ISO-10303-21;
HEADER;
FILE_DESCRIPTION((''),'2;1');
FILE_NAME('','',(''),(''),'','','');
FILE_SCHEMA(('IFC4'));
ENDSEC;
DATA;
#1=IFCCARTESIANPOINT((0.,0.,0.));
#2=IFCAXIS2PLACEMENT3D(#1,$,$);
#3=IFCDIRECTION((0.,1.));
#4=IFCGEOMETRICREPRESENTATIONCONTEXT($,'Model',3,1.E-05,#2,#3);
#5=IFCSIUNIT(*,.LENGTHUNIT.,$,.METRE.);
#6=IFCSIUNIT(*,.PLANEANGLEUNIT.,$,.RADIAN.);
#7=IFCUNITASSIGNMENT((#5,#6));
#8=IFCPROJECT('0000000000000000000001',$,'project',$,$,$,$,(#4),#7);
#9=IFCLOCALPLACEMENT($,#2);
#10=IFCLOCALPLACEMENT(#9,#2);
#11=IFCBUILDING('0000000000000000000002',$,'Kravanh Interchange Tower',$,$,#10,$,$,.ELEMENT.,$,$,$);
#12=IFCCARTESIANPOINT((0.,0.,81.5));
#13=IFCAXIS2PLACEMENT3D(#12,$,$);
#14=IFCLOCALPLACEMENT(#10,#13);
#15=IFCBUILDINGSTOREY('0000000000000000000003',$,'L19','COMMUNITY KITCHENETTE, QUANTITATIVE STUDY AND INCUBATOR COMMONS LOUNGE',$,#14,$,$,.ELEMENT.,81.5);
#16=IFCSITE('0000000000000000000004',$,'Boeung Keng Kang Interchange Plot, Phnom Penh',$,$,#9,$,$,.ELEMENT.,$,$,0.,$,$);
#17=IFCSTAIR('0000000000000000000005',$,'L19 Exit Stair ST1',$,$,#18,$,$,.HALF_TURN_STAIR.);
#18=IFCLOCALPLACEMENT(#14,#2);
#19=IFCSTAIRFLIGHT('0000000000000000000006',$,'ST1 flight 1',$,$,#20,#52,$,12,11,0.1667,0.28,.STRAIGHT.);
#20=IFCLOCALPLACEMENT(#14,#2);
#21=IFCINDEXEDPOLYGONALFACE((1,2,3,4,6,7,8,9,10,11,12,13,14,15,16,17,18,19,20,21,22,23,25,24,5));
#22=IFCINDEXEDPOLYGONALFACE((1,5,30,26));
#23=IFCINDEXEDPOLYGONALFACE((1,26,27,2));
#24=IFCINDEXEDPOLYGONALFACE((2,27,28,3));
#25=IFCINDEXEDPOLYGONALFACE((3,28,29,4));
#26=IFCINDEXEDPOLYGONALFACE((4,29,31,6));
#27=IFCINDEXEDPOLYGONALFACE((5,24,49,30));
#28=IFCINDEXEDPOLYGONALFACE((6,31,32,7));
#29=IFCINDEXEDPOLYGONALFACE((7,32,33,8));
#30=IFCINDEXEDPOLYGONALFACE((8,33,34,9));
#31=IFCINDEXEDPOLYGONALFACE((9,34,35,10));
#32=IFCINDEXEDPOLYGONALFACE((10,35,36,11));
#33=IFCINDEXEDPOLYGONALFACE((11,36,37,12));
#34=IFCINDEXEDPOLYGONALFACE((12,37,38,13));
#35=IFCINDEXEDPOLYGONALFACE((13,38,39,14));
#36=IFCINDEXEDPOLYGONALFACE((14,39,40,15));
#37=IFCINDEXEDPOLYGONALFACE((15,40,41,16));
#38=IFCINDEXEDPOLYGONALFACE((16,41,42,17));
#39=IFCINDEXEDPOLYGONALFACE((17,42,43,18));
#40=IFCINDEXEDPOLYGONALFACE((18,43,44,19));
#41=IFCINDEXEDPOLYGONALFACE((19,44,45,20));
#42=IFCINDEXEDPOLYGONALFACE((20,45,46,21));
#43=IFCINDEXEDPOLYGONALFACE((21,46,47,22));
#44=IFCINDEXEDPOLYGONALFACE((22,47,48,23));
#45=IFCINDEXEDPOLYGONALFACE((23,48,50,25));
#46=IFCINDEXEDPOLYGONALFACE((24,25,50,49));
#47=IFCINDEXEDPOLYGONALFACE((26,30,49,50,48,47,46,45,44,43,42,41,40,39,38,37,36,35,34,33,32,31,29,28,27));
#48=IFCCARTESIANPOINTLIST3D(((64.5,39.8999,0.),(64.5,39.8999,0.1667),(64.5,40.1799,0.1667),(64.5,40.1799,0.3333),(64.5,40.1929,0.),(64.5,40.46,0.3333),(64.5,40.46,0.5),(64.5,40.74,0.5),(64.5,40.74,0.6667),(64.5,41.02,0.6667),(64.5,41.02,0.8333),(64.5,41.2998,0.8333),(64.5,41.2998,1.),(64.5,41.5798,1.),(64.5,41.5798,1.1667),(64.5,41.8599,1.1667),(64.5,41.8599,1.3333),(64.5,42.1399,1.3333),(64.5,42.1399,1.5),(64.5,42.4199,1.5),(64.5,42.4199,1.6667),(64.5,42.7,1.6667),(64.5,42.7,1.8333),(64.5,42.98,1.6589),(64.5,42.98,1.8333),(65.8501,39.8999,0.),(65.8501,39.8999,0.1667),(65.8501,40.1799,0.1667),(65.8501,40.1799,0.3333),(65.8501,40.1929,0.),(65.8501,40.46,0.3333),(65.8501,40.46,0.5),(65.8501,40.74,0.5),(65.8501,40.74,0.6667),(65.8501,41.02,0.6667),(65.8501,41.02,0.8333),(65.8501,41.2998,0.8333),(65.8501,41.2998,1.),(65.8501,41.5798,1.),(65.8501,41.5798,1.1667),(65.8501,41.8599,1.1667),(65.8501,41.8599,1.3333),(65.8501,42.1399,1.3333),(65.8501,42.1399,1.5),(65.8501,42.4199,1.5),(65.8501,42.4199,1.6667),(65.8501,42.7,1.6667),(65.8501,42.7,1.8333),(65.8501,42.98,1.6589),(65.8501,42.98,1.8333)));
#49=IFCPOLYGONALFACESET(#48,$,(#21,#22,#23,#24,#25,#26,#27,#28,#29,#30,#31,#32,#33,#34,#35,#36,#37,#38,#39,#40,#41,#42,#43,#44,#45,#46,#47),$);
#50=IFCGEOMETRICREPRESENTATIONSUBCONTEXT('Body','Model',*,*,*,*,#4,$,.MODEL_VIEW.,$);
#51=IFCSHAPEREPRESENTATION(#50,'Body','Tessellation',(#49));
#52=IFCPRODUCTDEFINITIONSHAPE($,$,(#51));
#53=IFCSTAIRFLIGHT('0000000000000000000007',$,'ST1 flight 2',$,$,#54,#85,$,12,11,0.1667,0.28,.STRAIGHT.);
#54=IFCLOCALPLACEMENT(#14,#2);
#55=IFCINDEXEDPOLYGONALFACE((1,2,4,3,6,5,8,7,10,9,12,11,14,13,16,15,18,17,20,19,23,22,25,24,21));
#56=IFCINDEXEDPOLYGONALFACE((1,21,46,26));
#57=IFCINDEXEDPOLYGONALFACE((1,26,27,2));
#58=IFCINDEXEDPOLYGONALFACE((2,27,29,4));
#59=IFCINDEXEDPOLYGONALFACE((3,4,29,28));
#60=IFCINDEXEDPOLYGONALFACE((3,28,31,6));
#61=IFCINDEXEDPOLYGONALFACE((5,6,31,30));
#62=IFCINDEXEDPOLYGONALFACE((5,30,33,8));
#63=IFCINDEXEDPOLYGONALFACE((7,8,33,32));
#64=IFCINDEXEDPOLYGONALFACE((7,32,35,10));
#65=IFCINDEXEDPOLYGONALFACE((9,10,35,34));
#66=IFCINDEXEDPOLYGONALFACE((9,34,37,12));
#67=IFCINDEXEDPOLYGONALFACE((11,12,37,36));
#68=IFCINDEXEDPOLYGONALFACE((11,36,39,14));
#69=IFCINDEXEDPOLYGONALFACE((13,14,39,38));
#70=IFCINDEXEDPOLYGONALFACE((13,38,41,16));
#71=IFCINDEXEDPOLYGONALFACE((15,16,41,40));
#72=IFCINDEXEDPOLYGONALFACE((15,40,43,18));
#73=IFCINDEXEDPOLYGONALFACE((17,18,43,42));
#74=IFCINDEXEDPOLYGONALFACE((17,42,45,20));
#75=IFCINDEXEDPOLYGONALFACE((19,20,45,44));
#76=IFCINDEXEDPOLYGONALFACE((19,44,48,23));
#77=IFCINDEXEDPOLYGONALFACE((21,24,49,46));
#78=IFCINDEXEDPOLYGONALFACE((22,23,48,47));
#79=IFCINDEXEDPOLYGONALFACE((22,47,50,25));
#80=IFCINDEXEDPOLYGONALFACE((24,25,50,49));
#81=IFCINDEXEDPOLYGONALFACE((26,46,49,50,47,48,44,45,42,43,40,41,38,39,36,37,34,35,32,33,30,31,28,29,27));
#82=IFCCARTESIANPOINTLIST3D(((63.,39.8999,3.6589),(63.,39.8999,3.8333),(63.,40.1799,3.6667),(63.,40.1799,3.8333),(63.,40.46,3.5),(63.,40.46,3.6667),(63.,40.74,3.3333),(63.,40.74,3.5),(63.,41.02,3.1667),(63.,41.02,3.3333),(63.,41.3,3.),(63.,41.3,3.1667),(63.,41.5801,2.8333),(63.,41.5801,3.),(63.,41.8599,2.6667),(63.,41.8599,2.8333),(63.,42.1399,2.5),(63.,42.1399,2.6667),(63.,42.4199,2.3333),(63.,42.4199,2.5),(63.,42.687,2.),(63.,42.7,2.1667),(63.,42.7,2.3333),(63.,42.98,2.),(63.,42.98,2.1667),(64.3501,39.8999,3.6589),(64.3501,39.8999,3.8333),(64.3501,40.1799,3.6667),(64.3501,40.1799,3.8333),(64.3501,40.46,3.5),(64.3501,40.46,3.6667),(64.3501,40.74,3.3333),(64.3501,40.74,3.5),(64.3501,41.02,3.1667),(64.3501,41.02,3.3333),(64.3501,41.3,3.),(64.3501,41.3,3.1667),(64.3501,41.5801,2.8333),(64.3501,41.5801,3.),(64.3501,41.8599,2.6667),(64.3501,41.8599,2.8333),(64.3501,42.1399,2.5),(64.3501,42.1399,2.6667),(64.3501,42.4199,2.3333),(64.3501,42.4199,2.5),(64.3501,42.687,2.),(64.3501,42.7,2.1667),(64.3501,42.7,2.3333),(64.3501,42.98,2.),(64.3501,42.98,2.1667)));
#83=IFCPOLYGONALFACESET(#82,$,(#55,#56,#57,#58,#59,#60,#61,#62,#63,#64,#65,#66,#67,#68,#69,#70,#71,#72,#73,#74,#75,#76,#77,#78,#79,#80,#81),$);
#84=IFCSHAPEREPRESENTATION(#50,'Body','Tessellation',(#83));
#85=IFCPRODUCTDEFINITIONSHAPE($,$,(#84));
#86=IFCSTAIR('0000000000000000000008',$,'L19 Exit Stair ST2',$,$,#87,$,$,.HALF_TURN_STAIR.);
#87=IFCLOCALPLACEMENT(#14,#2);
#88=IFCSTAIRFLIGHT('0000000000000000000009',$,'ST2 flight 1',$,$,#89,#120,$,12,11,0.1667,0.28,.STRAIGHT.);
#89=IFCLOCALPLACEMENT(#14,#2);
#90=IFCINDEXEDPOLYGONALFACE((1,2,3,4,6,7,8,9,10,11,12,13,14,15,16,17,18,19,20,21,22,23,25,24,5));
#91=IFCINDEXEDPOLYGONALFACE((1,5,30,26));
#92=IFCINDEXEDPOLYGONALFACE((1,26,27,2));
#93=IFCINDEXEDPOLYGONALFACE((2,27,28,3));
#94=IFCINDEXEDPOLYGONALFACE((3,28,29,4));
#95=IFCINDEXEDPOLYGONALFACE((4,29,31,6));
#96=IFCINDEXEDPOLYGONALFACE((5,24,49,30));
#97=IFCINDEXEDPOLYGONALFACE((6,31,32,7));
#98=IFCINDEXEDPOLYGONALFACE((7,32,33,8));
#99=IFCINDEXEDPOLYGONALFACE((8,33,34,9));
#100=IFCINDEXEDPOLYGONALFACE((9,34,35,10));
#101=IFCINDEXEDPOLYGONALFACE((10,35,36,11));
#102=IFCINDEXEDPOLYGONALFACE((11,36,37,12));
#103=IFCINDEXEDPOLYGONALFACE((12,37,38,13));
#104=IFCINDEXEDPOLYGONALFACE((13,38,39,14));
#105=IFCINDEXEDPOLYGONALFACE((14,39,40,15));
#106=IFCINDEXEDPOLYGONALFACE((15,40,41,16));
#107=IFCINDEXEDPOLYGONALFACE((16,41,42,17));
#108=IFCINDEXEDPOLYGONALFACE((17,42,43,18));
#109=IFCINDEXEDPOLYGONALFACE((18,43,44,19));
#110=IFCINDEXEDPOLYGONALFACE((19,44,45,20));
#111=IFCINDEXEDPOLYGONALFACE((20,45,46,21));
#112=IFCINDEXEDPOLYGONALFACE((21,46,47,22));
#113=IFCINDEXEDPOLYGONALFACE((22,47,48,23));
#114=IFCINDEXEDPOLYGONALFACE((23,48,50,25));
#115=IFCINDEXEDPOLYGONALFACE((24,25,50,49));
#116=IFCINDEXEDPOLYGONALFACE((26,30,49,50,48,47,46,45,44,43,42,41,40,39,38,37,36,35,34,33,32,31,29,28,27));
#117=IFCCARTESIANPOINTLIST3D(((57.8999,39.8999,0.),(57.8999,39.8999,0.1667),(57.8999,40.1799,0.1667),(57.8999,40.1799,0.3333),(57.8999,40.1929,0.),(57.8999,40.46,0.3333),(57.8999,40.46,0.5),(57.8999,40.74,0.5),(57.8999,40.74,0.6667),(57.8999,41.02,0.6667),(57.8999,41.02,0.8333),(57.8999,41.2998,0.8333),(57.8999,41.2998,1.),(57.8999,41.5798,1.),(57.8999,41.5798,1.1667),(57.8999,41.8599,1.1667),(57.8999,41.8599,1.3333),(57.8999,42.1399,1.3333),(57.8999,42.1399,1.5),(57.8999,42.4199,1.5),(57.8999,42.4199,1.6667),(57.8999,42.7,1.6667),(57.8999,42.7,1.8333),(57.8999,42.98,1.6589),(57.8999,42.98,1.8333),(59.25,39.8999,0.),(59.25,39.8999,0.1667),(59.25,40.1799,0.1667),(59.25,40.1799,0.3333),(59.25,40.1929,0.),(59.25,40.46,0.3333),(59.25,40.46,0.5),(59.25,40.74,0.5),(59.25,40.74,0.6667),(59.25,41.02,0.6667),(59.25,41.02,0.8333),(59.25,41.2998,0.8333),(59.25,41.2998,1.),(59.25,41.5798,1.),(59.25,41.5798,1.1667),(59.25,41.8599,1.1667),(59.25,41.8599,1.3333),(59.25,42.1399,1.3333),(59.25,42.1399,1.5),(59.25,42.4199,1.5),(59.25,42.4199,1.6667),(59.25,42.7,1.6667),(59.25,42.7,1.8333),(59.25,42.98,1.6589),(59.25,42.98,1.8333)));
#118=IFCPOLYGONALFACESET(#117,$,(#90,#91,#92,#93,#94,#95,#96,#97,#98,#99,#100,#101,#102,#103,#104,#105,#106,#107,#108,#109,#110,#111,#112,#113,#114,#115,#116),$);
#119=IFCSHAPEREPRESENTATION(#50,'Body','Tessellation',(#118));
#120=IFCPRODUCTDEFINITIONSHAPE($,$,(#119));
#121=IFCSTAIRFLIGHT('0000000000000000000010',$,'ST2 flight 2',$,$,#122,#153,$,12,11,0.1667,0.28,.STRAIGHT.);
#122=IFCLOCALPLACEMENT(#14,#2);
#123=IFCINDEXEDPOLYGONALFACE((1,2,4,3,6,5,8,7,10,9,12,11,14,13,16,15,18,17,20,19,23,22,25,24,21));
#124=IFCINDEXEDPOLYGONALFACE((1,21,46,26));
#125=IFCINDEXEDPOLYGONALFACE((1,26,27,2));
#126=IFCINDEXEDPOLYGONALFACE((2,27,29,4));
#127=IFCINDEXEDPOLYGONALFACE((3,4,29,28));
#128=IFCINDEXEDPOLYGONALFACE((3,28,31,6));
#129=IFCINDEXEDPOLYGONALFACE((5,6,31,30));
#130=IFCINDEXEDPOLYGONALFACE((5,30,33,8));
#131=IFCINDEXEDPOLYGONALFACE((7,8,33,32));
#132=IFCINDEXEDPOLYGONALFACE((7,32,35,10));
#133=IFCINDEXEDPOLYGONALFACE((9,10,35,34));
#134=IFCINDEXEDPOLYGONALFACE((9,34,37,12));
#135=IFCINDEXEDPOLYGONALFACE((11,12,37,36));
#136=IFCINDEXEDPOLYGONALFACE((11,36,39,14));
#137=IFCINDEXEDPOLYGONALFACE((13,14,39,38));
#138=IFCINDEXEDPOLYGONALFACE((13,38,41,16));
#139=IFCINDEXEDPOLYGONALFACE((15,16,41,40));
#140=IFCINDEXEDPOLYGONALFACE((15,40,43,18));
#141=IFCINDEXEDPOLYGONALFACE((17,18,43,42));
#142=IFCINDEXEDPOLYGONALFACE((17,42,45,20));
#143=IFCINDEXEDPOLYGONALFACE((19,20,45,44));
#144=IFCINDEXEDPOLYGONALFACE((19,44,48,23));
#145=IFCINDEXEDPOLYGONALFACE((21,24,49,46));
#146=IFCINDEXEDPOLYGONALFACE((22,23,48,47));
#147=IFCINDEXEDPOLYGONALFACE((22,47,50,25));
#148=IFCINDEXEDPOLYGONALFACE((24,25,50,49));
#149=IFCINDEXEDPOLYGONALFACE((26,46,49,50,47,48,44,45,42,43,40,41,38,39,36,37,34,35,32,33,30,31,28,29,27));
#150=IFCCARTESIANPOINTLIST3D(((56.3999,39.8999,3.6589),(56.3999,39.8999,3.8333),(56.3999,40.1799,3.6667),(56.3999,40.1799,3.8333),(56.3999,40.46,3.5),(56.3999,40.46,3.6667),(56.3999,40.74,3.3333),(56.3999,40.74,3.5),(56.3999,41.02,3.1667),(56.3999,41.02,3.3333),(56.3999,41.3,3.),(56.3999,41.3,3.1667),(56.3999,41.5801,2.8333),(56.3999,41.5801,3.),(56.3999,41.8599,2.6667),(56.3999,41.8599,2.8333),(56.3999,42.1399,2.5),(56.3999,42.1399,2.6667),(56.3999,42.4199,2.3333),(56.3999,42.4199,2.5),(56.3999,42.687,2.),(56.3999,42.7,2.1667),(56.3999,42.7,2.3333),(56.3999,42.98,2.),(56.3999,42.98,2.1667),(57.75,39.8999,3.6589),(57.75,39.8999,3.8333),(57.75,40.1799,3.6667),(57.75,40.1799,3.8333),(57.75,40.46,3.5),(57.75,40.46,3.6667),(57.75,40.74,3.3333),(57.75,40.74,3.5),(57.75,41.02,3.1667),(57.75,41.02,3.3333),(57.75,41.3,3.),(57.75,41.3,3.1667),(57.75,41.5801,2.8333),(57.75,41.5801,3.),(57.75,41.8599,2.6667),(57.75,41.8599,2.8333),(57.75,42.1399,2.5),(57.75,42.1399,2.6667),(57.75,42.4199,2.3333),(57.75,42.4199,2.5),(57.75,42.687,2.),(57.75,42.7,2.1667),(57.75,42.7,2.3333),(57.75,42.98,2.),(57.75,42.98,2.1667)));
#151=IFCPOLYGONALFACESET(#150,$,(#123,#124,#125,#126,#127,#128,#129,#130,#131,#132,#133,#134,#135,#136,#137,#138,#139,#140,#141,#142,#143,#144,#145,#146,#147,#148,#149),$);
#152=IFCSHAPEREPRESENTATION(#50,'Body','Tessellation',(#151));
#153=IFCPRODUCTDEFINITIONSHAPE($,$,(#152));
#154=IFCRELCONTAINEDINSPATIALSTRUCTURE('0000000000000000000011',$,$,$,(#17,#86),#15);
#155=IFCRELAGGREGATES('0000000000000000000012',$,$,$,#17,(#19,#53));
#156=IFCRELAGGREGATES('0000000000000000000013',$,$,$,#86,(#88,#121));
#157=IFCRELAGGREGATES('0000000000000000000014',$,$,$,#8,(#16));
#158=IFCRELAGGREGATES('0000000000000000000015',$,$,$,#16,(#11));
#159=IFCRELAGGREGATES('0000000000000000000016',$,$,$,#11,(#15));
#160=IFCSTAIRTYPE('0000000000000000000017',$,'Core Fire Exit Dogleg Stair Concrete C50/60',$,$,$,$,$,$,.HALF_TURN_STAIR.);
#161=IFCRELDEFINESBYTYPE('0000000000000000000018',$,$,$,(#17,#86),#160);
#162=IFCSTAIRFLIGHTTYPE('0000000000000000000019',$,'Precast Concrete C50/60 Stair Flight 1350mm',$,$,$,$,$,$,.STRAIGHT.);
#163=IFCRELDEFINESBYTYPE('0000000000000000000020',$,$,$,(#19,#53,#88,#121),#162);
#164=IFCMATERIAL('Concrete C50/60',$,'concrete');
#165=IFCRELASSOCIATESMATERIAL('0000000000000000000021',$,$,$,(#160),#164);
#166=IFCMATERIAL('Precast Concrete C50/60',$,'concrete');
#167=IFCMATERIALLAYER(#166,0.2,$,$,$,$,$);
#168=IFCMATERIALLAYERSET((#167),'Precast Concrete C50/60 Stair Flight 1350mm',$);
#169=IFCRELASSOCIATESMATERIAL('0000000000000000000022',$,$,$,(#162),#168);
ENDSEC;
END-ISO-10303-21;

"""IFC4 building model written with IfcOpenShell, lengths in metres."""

from ifc_helpers import new_model, si_unit, direction, frame, origin, place, context, subcontext, project, spatial, polyline, outline, extrude, material, layer, layer_set, type_object, element, aggregate, save


model = new_model("IFC4")

# Units and contexts
model_context = context("Model", 3, precision=1e-05, world=origin(), true_north=direction((0.0, 1.0)))
body_context = subcontext(model_context, "Body", "Model", "MODEL_VIEW")
ifc_project = project(units=[si_unit("LENGTHUNIT", "METRE"), si_unit("PLANEANGLEUNIT", "RADIAN")], contexts=[model_context])

# Site, building, storey
site_placement = place(None, origin())
site = spatial("IfcSite", under=ifc_project, at=site_placement, Name="Boeung Keng Kang Interchange Plot, Phnom Penh", CompositionType="ELEMENT", RefElevation=0.0)
building_placement = place(site_placement, origin())
building = spatial("IfcBuilding", under=site, at=building_placement, Name="Kravanh Interchange Tower", CompositionType="ELEMENT")
storey_placement = place(building_placement, frame((0.0, 0.0, 81.5)))
storey = spatial("IfcBuildingStorey", under=building, at=storey_placement, Name="L19", Description="COMMUNITY KITCHENETTE, QUANTITATIVE STUDY AND INCUBATOR COMMONS LOUNGE", CompositionType="ELEMENT", Elevation=81.5)

# Stairs, stair flights
ifc_material_1 = material(Name="Concrete C50/60", Category="concrete")
stair_type = type_object("IfcStairType", Name="Core Fire Exit Dogleg Stair Concrete C50/60", PredefinedType="HALF_TURN_STAIR", material=ifc_material_1)
stair_1_placement = place(storey_placement, origin())
stair_1 = element("IfcStair", 1, at=stair_1_placement, inside=storey, type_object=stair_type, Name="L19 Exit Stair ST1", PredefinedType="HALF_TURN_STAIR")
ifc_material_2 = material(Name="Precast Concrete C50/60", Category="concrete")
ifc_layer_1 = layer(ifc_material_2, 0.2)
ifc_layer_set_1 = layer_set([ifc_layer_1], Name="Precast Concrete C50/60 Stair Flight 1350mm")
stair_flight_type = type_object("IfcStairFlightType", Name="Precast Concrete C50/60 Stair Flight 1350mm", PredefinedType="STRAIGHT", material=ifc_layer_set_1)
stair_flight_1_placement = place(storey_placement, frame((65.175, 39.8999, 0.0), z_axis=(0.0, 0.0, 1.0), x_axis=(0.0, 1.0, 0.0)))
stair_flight_1 = element("IfcStairFlight", 2, at=stair_flight_1_placement, type_object=stair_flight_type, Name="ST1 flight 1", NumberOfRisers=12, NumberOfTreads=11, PredefinedType="STRAIGHT", RiserHeight=0.1667, TreadLength=0.28, context=body_context, shape_type="SweptSolid", body=[
    extrude(outline(polyline([(0.0, 0.0), (0.0, 0.1667), (0.28, 0.1667), (0.28, 0.3333), (0.5601, 0.3333), (0.5601, 0.5), (0.8401, 0.5), (0.8401, 0.6667), (1.1201, 0.6667), (1.1201, 0.8333), (1.3999, 0.8333), (1.3999, 1.0), (1.6799, 1.0), (1.6799, 1.1667), (1.96, 1.1667), (1.96, 1.3333), (2.24, 1.3333), (2.24, 1.5), (2.52, 1.5), (2.52, 1.6667), (2.8, 1.6667), (2.8, 1.8333), (3.0801, 1.8333), (3.0801, 2.0), (3.0801, 1.6589), (0.293, 0.0), (0.0, 0.0)])), frame((0.0, 0.675, 0.0), z_axis=(0.0, -1.0, 0.0), x_axis=(1.0, 0.0, 0.0)), (0.0, 0.0, 1.0), 1.3501),
])
stair_flight_2_placement = place(storey_placement, frame((63.675, 42.98, 2.0), z_axis=(0.0, 0.0, 1.0), x_axis=(0.0, -1.0, 0.0)))
stair_flight_2 = element("IfcStairFlight", 3, at=stair_flight_2_placement, type_object=stair_flight_type, Name="ST1 flight 2", NumberOfRisers=12, NumberOfTreads=11, PredefinedType="STRAIGHT", RiserHeight=0.1667, TreadLength=0.28, context=body_context, shape_type="SweptSolid", body=[
    extrude(outline(polyline([(0.0, 0.0), (0.0, 0.1667), (0.28, 0.1667), (0.28, 0.3333), (0.5601, 0.3333), (0.5601, 0.5), (0.8401, 0.5), (0.8401, 0.6667), (1.1201, 0.6667), (1.1201, 0.8333), (1.3999, 0.8333), (1.3999, 1.0), (1.6799, 1.0), (1.6799, 1.1667), (1.96, 1.1667), (1.96, 1.3333), (2.24, 1.3333), (2.24, 1.5), (2.52, 1.5), (2.52, 1.6667), (2.8, 1.6667), (2.8, 1.8333), (3.0801, 1.8333), (3.0801, 2.0), (3.0801, 1.6589), (0.293, 0.0), (0.0, 0.0)])), frame((0.0, 0.675, 0.0), z_axis=(0.0, -1.0, 0.0), x_axis=(1.0, 0.0, 0.0)), (0.0, 0.0, 1.0), 1.3501),
])
aggregate(stair_1, [stair_flight_1, stair_flight_2])
stair_2_placement = place(storey_placement, origin())
stair_2 = element("IfcStair", 4, at=stair_2_placement, inside=storey, type_object=stair_type, Name="L19 Exit Stair ST2", PredefinedType="HALF_TURN_STAIR")
stair_flight_3_placement = place(storey_placement, frame((58.575, 39.8999, 0.0), z_axis=(0.0, 0.0, 1.0), x_axis=(0.0, 1.0, 0.0)))
stair_flight_3 = element("IfcStairFlight", 5, at=stair_flight_3_placement, type_object=stair_flight_type, Name="ST2 flight 1", NumberOfRisers=12, NumberOfTreads=11, PredefinedType="STRAIGHT", RiserHeight=0.1667, TreadLength=0.28, context=body_context, shape_type="SweptSolid", body=[
    extrude(outline(polyline([(0.0, 0.0), (0.0, 0.1667), (0.28, 0.1667), (0.28, 0.3333), (0.5601, 0.3333), (0.5601, 0.5), (0.8401, 0.5), (0.8401, 0.6667), (1.1201, 0.6667), (1.1201, 0.8333), (1.3999, 0.8333), (1.3999, 1.0), (1.6799, 1.0), (1.6799, 1.1667), (1.96, 1.1667), (1.96, 1.3333), (2.24, 1.3333), (2.24, 1.5), (2.52, 1.5), (2.52, 1.6667), (2.8, 1.6667), (2.8, 1.8333), (3.0801, 1.8333), (3.0801, 2.0), (3.0801, 1.6589), (0.293, 0.0), (0.0, 0.0)])), frame((0.0, 0.675, 0.0), z_axis=(0.0, -1.0, 0.0), x_axis=(1.0, 0.0, 0.0)), (0.0, 0.0, 1.0), 1.3501),
])
stair_flight_4_placement = place(storey_placement, frame((57.075, 42.98, 2.0), z_axis=(0.0, 0.0, 1.0), x_axis=(0.0, -1.0, 0.0)))
stair_flight_4 = element("IfcStairFlight", 6, at=stair_flight_4_placement, type_object=stair_flight_type, Name="ST2 flight 2", NumberOfRisers=12, NumberOfTreads=11, PredefinedType="STRAIGHT", RiserHeight=0.1667, TreadLength=0.28, context=body_context, shape_type="SweptSolid", body=[
    extrude(outline(polyline([(0.0, 0.0), (0.0, 0.1667), (0.28, 0.1667), (0.28, 0.3333), (0.5601, 0.3333), (0.5601, 0.5), (0.8401, 0.5), (0.8401, 0.6667), (1.1201, 0.6667), (1.1201, 0.8333), (1.3999, 0.8333), (1.3999, 1.0), (1.6799, 1.0), (1.6799, 1.1667), (1.96, 1.1667), (1.96, 1.3333), (2.24, 1.3333), (2.24, 1.5), (2.52, 1.5), (2.52, 1.6667), (2.8, 1.6667), (2.8, 1.8333), (3.0801, 1.8333), (3.0801, 2.0), (3.0801, 1.6589), (0.293, 0.0), (0.0, 0.0)])), frame((0.0, 0.675, 0.0), z_axis=(0.0, -1.0, 0.0), x_axis=(1.0, 0.0, 0.0)), (0.0, 0.0, 1.0), 1.3501),
])
aggregate(stair_2, [stair_flight_3, stair_flight_4])

save(model, "model.ifc")
